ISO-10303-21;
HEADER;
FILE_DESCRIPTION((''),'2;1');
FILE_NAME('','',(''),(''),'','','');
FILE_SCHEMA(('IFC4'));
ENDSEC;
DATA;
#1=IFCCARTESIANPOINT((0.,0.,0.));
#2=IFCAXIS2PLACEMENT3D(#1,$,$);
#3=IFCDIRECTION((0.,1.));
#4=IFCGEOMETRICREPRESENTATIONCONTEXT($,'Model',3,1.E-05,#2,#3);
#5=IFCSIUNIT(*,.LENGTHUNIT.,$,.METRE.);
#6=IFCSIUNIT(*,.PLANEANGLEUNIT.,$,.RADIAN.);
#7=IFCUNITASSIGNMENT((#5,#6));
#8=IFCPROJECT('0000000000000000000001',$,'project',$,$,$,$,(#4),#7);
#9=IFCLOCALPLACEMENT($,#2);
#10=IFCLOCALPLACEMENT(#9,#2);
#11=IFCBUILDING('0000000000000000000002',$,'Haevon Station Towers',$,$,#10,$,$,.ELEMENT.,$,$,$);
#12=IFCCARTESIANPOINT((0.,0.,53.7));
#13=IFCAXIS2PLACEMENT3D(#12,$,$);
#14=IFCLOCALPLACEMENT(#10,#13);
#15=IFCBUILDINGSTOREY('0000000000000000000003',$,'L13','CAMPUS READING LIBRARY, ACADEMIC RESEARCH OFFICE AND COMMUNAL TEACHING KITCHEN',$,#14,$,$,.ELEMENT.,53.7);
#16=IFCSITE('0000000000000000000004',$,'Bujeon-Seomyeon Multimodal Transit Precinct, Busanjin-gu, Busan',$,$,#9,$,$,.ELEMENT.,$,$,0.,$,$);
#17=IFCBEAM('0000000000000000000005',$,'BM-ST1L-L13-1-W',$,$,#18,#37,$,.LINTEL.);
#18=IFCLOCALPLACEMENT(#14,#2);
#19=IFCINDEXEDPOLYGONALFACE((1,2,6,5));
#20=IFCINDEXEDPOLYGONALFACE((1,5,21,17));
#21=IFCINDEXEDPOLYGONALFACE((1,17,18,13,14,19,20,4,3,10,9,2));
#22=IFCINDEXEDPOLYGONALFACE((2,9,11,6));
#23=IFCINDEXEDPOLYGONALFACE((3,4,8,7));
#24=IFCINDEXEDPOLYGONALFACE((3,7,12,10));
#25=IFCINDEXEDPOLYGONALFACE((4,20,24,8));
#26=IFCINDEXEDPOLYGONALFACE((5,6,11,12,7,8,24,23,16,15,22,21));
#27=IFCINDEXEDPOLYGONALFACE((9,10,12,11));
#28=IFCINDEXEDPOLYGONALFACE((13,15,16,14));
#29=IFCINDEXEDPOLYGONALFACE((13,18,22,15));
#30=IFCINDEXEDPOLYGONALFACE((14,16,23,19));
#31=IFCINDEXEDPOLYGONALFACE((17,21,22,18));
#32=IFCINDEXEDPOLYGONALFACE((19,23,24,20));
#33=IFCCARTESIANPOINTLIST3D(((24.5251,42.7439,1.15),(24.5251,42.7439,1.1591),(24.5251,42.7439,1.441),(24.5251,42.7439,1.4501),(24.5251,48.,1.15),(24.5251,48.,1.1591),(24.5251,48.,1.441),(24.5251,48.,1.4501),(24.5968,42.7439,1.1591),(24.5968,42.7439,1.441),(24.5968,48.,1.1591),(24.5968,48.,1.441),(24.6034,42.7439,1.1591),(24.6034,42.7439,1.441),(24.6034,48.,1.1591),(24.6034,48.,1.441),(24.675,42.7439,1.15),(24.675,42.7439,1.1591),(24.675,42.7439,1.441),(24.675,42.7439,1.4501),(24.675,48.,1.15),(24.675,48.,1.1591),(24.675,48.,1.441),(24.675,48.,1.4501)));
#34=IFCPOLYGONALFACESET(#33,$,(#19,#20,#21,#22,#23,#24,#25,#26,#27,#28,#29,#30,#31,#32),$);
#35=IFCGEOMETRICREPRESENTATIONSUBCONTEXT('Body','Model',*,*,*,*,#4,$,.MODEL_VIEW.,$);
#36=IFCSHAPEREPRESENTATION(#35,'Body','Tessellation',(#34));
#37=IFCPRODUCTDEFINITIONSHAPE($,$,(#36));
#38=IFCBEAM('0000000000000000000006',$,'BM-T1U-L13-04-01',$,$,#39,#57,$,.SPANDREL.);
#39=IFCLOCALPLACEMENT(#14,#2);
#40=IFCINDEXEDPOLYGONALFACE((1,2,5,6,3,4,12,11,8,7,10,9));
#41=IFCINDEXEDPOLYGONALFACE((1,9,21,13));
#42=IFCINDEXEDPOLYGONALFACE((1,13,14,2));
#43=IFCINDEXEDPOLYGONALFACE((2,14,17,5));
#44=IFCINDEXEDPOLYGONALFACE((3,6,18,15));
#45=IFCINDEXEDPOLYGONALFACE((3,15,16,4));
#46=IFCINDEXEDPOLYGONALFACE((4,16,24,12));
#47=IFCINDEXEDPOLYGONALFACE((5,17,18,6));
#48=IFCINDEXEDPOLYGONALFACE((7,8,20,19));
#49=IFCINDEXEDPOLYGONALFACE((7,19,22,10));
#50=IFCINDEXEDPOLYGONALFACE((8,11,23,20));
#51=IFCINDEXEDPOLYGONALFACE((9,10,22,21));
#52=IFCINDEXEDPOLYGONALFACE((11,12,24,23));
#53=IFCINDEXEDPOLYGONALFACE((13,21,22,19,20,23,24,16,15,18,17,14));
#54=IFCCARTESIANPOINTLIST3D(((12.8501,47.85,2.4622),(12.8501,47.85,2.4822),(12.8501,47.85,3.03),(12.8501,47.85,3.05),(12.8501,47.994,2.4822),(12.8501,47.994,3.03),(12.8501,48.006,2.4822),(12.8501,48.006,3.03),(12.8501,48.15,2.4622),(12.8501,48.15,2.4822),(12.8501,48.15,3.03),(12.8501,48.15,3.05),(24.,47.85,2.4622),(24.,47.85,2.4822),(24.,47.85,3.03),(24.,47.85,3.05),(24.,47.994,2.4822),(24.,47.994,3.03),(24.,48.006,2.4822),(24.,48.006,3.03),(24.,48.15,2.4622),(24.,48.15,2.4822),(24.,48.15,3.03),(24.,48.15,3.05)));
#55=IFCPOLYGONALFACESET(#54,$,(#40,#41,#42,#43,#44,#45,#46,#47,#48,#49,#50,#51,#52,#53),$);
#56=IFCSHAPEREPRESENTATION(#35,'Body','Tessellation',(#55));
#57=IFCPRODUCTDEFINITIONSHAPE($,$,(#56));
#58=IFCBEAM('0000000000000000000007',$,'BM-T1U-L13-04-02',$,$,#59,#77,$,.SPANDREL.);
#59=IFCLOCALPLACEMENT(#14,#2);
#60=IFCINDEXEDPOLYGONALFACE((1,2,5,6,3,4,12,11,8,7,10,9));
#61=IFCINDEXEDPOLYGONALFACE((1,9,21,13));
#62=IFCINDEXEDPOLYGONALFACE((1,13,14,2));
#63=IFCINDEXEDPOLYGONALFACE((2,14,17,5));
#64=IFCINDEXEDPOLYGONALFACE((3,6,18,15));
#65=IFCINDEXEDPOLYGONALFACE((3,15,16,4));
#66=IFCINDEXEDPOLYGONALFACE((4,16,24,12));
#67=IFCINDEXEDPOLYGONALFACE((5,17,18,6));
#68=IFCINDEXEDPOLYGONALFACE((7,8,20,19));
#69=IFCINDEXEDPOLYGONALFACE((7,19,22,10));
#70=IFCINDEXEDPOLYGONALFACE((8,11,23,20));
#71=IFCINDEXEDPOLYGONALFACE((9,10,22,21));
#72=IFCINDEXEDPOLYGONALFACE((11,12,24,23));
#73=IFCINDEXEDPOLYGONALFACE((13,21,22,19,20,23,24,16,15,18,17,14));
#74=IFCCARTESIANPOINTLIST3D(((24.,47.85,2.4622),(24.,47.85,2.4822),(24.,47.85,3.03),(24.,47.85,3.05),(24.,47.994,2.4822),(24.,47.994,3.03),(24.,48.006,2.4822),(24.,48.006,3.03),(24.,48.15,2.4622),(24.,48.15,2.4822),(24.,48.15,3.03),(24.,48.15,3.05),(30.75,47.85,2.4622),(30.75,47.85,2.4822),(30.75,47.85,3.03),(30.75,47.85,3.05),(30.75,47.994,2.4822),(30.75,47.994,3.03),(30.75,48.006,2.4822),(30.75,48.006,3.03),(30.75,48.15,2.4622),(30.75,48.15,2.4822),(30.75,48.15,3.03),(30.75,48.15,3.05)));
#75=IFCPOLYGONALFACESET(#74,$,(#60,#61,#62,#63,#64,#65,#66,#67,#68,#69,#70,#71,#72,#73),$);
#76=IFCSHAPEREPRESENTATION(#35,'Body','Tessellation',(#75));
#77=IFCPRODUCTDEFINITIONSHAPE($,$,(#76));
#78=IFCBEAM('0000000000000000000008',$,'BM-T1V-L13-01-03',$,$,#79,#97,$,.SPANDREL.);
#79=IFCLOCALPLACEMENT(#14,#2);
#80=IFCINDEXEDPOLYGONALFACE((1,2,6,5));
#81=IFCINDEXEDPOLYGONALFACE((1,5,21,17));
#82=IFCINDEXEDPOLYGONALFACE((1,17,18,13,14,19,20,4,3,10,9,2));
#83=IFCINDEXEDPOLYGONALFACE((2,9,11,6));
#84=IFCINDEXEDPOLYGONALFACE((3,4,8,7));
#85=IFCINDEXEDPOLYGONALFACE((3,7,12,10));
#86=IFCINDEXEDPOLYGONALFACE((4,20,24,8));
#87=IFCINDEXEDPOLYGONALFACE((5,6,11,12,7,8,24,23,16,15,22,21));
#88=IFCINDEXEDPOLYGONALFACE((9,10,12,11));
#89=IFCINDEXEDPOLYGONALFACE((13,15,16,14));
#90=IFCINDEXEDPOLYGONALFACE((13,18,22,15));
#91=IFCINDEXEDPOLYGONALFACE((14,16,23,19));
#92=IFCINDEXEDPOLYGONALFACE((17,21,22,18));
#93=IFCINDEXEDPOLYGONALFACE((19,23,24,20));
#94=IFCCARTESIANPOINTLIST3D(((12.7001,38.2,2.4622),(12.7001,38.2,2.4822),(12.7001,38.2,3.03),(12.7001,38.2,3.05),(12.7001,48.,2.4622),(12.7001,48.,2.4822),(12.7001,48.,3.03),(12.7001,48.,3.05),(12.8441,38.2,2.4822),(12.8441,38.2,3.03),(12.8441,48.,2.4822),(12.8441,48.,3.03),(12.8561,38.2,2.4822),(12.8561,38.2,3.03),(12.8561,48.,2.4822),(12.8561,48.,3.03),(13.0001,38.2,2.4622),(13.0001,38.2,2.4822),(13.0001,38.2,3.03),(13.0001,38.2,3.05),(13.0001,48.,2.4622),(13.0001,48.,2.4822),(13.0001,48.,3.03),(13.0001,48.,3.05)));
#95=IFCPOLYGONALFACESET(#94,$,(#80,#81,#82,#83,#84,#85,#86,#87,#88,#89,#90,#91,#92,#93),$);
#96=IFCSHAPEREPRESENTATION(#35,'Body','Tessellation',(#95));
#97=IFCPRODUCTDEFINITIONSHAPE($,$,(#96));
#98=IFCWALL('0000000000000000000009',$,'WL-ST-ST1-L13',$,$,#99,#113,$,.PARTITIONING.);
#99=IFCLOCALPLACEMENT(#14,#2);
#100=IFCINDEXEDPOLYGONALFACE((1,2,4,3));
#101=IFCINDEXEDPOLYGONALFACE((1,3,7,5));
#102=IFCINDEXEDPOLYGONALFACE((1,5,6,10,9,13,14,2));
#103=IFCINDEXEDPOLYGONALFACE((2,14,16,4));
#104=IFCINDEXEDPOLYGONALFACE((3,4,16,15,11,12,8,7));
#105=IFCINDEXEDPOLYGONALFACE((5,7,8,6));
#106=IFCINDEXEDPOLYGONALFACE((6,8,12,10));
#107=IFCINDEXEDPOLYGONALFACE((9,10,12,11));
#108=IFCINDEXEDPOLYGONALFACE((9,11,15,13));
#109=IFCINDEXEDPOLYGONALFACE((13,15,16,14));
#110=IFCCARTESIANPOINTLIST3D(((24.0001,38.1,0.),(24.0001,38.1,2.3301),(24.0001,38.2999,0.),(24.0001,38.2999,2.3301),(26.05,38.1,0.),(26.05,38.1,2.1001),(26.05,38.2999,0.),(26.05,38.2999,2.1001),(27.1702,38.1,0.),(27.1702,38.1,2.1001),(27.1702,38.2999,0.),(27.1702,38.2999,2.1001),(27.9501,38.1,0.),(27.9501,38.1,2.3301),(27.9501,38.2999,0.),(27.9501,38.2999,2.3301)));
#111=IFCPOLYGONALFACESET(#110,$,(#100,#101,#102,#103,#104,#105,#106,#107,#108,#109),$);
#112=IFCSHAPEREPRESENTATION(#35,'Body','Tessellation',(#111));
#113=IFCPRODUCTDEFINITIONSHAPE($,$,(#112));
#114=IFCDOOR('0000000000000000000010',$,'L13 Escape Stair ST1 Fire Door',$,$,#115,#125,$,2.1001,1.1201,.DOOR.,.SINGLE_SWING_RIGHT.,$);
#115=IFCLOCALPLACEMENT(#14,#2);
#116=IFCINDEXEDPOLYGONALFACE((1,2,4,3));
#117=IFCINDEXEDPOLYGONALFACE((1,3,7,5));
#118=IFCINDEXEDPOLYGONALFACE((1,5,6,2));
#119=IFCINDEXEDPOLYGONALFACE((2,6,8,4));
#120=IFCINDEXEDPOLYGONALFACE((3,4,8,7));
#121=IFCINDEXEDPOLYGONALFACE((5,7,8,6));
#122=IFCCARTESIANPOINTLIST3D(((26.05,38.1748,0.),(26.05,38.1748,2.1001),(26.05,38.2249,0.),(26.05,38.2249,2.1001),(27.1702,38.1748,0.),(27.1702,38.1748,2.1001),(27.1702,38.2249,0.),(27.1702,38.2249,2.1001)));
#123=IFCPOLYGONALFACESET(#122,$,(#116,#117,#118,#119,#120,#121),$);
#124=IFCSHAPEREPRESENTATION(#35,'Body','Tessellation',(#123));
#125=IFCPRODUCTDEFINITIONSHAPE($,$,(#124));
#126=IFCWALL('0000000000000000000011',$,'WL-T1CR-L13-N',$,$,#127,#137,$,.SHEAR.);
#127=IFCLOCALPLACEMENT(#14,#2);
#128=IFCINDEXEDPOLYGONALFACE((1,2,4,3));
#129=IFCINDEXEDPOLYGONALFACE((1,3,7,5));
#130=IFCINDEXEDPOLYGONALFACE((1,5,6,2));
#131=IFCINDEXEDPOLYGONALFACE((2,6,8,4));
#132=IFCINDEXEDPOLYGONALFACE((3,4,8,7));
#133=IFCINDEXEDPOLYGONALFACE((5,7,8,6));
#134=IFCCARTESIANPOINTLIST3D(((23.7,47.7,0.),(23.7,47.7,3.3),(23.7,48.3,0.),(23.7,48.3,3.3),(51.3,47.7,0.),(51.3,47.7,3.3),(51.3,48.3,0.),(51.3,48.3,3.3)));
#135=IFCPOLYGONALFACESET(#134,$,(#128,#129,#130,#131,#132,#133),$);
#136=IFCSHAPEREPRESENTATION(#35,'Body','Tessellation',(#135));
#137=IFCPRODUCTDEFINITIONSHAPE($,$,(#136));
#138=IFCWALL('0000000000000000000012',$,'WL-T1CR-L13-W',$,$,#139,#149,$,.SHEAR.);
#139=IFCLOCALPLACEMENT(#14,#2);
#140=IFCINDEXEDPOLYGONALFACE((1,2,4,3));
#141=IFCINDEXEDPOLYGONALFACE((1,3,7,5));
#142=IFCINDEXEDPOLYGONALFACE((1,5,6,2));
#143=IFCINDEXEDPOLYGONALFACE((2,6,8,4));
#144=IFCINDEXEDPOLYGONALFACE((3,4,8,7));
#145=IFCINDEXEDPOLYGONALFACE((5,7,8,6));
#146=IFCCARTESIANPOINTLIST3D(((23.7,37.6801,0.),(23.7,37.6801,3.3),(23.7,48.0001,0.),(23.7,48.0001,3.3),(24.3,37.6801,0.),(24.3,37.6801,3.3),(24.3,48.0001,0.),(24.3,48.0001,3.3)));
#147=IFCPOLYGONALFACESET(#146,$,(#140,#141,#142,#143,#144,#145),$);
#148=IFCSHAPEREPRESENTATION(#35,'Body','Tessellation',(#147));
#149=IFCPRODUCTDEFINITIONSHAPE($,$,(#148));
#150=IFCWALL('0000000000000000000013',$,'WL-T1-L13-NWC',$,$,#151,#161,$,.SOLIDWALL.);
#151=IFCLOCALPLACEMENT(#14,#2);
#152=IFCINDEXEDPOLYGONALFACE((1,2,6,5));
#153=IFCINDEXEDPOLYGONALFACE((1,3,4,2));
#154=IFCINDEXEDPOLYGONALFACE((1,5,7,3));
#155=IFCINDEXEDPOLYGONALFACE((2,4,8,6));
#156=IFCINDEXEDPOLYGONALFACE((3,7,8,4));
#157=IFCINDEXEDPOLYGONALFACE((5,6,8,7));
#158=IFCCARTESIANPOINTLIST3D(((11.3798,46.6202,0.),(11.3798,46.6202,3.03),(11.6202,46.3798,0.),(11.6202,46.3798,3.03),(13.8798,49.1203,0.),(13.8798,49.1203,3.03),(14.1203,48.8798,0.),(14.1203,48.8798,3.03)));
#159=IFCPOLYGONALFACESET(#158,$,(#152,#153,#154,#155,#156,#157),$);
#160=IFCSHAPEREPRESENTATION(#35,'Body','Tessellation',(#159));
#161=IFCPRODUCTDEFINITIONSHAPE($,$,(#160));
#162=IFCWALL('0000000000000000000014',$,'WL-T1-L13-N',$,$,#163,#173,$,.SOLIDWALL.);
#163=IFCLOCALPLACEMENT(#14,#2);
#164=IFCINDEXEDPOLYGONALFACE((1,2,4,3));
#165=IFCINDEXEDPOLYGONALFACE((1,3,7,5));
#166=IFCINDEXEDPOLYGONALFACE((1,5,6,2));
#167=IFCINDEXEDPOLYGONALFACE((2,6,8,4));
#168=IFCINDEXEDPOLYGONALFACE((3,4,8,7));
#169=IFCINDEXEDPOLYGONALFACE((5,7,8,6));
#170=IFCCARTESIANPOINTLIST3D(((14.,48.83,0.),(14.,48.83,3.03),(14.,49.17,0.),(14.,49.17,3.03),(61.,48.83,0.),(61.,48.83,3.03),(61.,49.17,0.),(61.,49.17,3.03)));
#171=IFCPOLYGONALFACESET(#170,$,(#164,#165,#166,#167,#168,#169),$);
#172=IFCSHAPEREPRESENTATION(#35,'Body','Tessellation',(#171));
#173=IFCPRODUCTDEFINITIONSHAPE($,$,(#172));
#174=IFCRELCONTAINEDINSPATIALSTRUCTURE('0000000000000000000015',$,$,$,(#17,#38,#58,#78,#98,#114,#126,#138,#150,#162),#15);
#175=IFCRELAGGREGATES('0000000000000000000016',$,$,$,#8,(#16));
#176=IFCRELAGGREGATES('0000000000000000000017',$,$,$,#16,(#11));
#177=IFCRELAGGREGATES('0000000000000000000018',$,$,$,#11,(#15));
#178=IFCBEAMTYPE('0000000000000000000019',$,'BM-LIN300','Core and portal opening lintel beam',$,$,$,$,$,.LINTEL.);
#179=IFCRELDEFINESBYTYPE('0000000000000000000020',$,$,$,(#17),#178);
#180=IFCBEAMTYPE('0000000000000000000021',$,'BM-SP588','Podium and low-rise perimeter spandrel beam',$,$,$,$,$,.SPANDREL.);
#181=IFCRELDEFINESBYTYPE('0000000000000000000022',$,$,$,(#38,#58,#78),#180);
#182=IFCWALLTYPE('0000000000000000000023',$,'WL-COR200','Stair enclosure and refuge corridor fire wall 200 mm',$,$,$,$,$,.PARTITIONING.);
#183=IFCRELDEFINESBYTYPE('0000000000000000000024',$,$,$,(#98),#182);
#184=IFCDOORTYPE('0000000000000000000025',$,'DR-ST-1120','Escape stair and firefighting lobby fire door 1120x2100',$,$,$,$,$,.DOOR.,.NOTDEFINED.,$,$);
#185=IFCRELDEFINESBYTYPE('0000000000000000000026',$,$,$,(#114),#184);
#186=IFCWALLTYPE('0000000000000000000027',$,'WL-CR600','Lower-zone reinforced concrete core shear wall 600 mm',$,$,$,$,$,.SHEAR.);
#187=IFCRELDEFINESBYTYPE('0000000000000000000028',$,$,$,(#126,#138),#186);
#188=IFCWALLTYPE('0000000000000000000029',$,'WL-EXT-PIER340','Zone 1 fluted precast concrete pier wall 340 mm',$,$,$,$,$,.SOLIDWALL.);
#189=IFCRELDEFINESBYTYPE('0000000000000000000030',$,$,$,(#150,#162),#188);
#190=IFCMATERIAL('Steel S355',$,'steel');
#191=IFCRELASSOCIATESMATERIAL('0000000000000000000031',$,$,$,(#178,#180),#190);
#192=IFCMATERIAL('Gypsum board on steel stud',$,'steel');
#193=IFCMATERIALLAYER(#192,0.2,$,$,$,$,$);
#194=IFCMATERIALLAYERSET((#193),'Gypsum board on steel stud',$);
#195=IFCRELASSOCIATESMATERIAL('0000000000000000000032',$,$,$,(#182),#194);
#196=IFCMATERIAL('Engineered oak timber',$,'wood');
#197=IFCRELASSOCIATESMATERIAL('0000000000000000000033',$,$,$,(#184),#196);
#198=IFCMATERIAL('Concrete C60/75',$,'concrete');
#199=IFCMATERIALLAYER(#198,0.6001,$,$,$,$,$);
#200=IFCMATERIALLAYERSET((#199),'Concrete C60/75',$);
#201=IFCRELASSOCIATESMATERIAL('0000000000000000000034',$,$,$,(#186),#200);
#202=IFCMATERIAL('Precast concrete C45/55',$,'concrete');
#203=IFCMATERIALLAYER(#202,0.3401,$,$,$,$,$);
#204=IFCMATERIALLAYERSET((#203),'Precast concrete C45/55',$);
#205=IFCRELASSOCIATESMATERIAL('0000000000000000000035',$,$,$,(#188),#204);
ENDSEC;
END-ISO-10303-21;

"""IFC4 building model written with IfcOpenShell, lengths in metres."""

from ifc_helpers import new_model, si_unit, direction, frame, frame_2d, origin, origin_2d, place, context, subcontext, project, spatial, rectangle, i_section, extrude, material, layer, layer_set, material_profile, profile_set, type_object, element, fill, save


model = new_model("IFC4")

# Units and contexts
model_context = context("Model", 3, precision=1e-05, world=origin(), true_north=direction((0.0, 1.0)))
body_context = subcontext(model_context, "Body", "Model", "MODEL_VIEW")
ifc_project = project(units=[si_unit("LENGTHUNIT", "METRE"), si_unit("PLANEANGLEUNIT", "RADIAN")], contexts=[model_context])

# Site, building, storey
site_placement = place(None, origin())
site = spatial("IfcSite", under=ifc_project, at=site_placement, Name="Bujeon-Seomyeon Multimodal Transit Precinct, Busanjin-gu, Busan", CompositionType="ELEMENT", RefElevation=0.0)
building_placement = place(site_placement, origin())
building = spatial("IfcBuilding", under=site, at=building_placement, Name="Haevon Station Towers", CompositionType="ELEMENT")
storey_placement = place(building_placement, frame((0.0, 0.0, 53.7)))
storey = spatial("IfcBuildingStorey", under=building, at=storey_placement, Name="L13", Description="CAMPUS READING LIBRARY, ACADEMIC RESEARCH OFFICE AND COMMUNAL TEACHING KITCHEN", CompositionType="ELEMENT", Elevation=53.7)

# Beams
ifc_material_1 = material(Name="Steel S355", Category="steel")
ifc_material_profile_1 = material_profile(ifc_material_1, i_section(OverallWidth=0.1499, OverallDepth=0.3, WebThickness=0.0066, FlangeThickness=0.009, at=origin_2d()), Name="H-300x150x6.5x9")
ifc_profile_set_1 = profile_set([ifc_material_profile_1], Name="Steel S355")
beam_type_1 = type_object("IfcBeamType", Name="BM-LIN300", Description="Core and portal opening lintel beam", PredefinedType="LINTEL", material=ifc_profile_set_1)
beam_1_placement = place(storey_placement, frame((24.6001, 42.7439, 1.3), z_axis=(0.0, 1.0, 0.0), x_axis=(-1.0, 0.0, 0.0)))
element("IfcBeam", 1, at=beam_1_placement, inside=storey, type_object=beam_type_1, Name="BM-ST1L-L13-1-W", PredefinedType="LINTEL", context=body_context, shape_type="SweptSolid", body=[
    extrude(i_section(OverallWidth=0.1499, OverallDepth=0.3, WebThickness=0.0066, FlangeThickness=0.009, at=origin_2d()), origin(), (0.0, 0.0, 1.0), 5.2561),
])
ifc_material_profile_2 = material_profile(ifc_material_1, i_section(OverallWidth=0.3, OverallDepth=0.5879, WebThickness=0.012, FlangeThickness=0.02, at=origin_2d()), Name="H-588x300x12x20")
ifc_profile_set_2 = profile_set([ifc_material_profile_2], Name="Steel S355")
beam_type_2 = type_object("IfcBeamType", Name="BM-SP588", Description="Podium and low-rise perimeter spandrel beam", PredefinedType="SPANDREL", material=ifc_profile_set_2)
beam_2_placement = place(storey_placement, frame((12.8501, 48.0, 2.7561), z_axis=(1.0, 0.0, 0.0), x_axis=(0.0, 1.0, 0.0)))
element("IfcBeam", 2, at=beam_2_placement, inside=storey, type_object=beam_type_2, Name="BM-T1U-L13-04-01", PredefinedType="SPANDREL", context=body_context, shape_type="SweptSolid", body=[
    extrude(i_section(OverallWidth=0.3, OverallDepth=0.5879, WebThickness=0.012, FlangeThickness=0.02, at=origin_2d()), origin(), (0.0, 0.0, 1.0), 11.1499),
])
beam_3_placement = place(storey_placement, frame((24.0, 48.0, 2.7561), z_axis=(1.0, 0.0, 0.0), x_axis=(0.0, 1.0, 0.0)))
element("IfcBeam", 3, at=beam_3_placement, inside=storey, type_object=beam_type_2, Name="BM-T1U-L13-04-02", PredefinedType="SPANDREL", context=body_context, shape_type="SweptSolid", body=[
    extrude(i_section(OverallWidth=0.3, OverallDepth=0.5879, WebThickness=0.012, FlangeThickness=0.02, at=origin_2d()), origin(), (0.0, 0.0, 1.0), 6.75),
])
beam_4_placement = place(storey_placement, frame((12.8501, 38.2, 2.7561), z_axis=(0.0, 1.0, 0.0), x_axis=(-1.0, 0.0, 0.0)))
element("IfcBeam", 4, at=beam_4_placement, inside=storey, type_object=beam_type_2, Name="BM-T1V-L13-01-03", PredefinedType="SPANDREL", context=body_context, shape_type="SweptSolid", body=[
    extrude(i_section(OverallWidth=0.3, OverallDepth=0.5879, WebThickness=0.012, FlangeThickness=0.02, at=origin_2d()), origin(), (0.0, 0.0, 1.0), 9.8),
])

# Wall, opening, door
ifc_material_2 = material(Name="Gypsum board on steel stud", Category="steel")
ifc_layer_1 = layer(ifc_material_2, 0.2)
ifc_layer_set_1 = layer_set([ifc_layer_1], Name="Gypsum board on steel stud")
wall_type_1 = type_object("IfcWallType", Name="WL-COR200", Description="Stair enclosure and refuge corridor fire wall 200 mm", PredefinedType="PARTITIONING", material=ifc_layer_set_1)
wall_1_placement = place(storey_placement, frame((24.0, 38.2, 0.0), z_axis=(0.0, 0.0, 1.0), x_axis=(1.0, 0.0, 0.0)))
wall_1 = element("IfcWall", 5, at=wall_1_placement, inside=storey, type_object=wall_type_1, Name="WL-ST-ST1-L13", PredefinedType="PARTITIONING", context=body_context, shape_type="SweptSolid", body=[
    extrude(rectangle(XDim=3.95, YDim=0.2, at=frame_2d((1.9751, 0.0))), origin(), (0.0, 0.0, 1.0), 2.3301),
])
opening_1_placement = place(wall_1_placement, frame((2.05, 0.0, 0.0)))
opening_1 = element("IfcOpeningElement", 6, at=opening_1_placement, cuts=wall_1, PredefinedType="OPENING", context=body_context, shape_type="SweptSolid", body=[
    extrude(rectangle(XDim=1.1201, YDim=2.1001, at=frame_2d((0.5601, 1.05))), frame((0.0, 0.1099, 0.0), z_axis=(0.0, -1.0, 0.0), x_axis=(1.0, 0.0, 0.0)), (0.0, 0.0, 1.0), 0.22),
])
ifc_material_3 = material(Name="Engineered oak timber", Category="wood")
door_type_1 = type_object("IfcDoorType", Name="DR-ST-1120", Description="Escape stair and firefighting lobby fire door 1120x2100", OperationType="NOTDEFINED", PredefinedType="DOOR", material=ifc_material_3)
door_1_placement = place(opening_1_placement, origin())
door_1 = element("IfcDoor", 7, at=door_1_placement, inside=storey, type_object=door_type_1, Name="L13 Escape Stair ST1 Fire Door", OperationType="SINGLE_SWING_RIGHT", OverallHeight=2.1001, OverallWidth=1.1201, PredefinedType="DOOR", context=body_context, shape_type="SweptSolid", body=[
    extrude(rectangle(XDim=1.1201, YDim=2.1001, at=frame_2d((0.5601, 1.05))), frame((0.0, 0.0249, 0.0), z_axis=(0.0, -1.0, 0.0), x_axis=(1.0, 0.0, 0.0)), (0.0, 0.0, 1.0), 0.05),
])
fill(opening_1, door_1)

# Walls
ifc_material_4 = material(Name="Concrete C60/75", Category="concrete")
ifc_layer_2 = layer(ifc_material_4, 0.6001)
ifc_layer_set_2 = layer_set([ifc_layer_2], Name="Concrete C60/75")
wall_type_2 = type_object("IfcWallType", Name="WL-CR600", Description="Lower-zone reinforced concrete core shear wall 600 mm", PredefinedType="SHEAR", material=ifc_layer_set_2)
wall_2_placement = place(storey_placement, frame((23.7, 48.0, 0.0), z_axis=(0.0, 0.0, 1.0), x_axis=(1.0, 0.0, 0.0)))
element("IfcWall", 8, at=wall_2_placement, inside=storey, type_object=wall_type_2, Name="WL-T1CR-L13-N", PredefinedType="SHEAR", context=body_context, shape_type="SweptSolid", body=[
    extrude(rectangle(XDim=27.6001, YDim=0.6001, at=frame_2d((13.8, 0.0))), origin(), (0.0, 0.0, 1.0), 3.3),
])
wall_3_placement = place(storey_placement, frame((24.0, 37.6799, 0.0), z_axis=(0.0, 0.0, 1.0), x_axis=(0.0, 1.0, 0.0)))
element("IfcWall", 9, at=wall_3_placement, inside=storey, type_object=wall_type_2, Name="WL-T1CR-L13-W", PredefinedType="SHEAR", context=body_context, shape_type="SweptSolid", body=[
    extrude(rectangle(XDim=10.3201, YDim=0.6001, at=frame_2d((5.1602, 0.0))), origin(), (0.0, 0.0, 1.0), 3.3),
])
ifc_material_5 = material(Name="Precast concrete C45/55", Category="concrete")
ifc_layer_3 = layer(ifc_material_5, 0.3401)
ifc_layer_set_3 = layer_set([ifc_layer_3], Name="Precast concrete C45/55")
wall_type_3 = type_object("IfcWallType", Name="WL-EXT-PIER340", Description="Zone 1 fluted precast concrete pier wall 340 mm", PredefinedType="SOLIDWALL", material=ifc_layer_set_3)
wall_4_placement = place(storey_placement, frame((11.5, 46.5, 0.0), z_axis=(0.0, 0.0, 1.0), x_axis=(0.707107, 0.707107, 0.0)))
element("IfcWall", 10, at=wall_4_placement, inside=storey, type_object=wall_type_3, Name="WL-T1-L13-NWC", PredefinedType="SOLIDWALL", context=body_context, shape_type="SweptSolid", body=[
    extrude(rectangle(XDim=3.5356, YDim=0.3401, at=frame_2d((1.7678, 0.0))), origin(), (0.0, 0.0, 1.0), 3.03),
])
wall_5_placement = place(storey_placement, frame((14.0, 49.0, 0.0), z_axis=(0.0, 0.0, 1.0), x_axis=(1.0, 0.0, 0.0)))
element("IfcWall", 11, at=wall_5_placement, inside=storey, type_object=wall_type_3, Name="WL-T1-L13-N", PredefinedType="SOLIDWALL", context=body_context, shape_type="SweptSolid", body=[
    extrude(rectangle(XDim=47.0, YDim=0.3401, at=frame_2d((23.5, 0.0))), origin(), (0.0, 0.0, 1.0), 3.03),
])

save(model, "model.ifc")
